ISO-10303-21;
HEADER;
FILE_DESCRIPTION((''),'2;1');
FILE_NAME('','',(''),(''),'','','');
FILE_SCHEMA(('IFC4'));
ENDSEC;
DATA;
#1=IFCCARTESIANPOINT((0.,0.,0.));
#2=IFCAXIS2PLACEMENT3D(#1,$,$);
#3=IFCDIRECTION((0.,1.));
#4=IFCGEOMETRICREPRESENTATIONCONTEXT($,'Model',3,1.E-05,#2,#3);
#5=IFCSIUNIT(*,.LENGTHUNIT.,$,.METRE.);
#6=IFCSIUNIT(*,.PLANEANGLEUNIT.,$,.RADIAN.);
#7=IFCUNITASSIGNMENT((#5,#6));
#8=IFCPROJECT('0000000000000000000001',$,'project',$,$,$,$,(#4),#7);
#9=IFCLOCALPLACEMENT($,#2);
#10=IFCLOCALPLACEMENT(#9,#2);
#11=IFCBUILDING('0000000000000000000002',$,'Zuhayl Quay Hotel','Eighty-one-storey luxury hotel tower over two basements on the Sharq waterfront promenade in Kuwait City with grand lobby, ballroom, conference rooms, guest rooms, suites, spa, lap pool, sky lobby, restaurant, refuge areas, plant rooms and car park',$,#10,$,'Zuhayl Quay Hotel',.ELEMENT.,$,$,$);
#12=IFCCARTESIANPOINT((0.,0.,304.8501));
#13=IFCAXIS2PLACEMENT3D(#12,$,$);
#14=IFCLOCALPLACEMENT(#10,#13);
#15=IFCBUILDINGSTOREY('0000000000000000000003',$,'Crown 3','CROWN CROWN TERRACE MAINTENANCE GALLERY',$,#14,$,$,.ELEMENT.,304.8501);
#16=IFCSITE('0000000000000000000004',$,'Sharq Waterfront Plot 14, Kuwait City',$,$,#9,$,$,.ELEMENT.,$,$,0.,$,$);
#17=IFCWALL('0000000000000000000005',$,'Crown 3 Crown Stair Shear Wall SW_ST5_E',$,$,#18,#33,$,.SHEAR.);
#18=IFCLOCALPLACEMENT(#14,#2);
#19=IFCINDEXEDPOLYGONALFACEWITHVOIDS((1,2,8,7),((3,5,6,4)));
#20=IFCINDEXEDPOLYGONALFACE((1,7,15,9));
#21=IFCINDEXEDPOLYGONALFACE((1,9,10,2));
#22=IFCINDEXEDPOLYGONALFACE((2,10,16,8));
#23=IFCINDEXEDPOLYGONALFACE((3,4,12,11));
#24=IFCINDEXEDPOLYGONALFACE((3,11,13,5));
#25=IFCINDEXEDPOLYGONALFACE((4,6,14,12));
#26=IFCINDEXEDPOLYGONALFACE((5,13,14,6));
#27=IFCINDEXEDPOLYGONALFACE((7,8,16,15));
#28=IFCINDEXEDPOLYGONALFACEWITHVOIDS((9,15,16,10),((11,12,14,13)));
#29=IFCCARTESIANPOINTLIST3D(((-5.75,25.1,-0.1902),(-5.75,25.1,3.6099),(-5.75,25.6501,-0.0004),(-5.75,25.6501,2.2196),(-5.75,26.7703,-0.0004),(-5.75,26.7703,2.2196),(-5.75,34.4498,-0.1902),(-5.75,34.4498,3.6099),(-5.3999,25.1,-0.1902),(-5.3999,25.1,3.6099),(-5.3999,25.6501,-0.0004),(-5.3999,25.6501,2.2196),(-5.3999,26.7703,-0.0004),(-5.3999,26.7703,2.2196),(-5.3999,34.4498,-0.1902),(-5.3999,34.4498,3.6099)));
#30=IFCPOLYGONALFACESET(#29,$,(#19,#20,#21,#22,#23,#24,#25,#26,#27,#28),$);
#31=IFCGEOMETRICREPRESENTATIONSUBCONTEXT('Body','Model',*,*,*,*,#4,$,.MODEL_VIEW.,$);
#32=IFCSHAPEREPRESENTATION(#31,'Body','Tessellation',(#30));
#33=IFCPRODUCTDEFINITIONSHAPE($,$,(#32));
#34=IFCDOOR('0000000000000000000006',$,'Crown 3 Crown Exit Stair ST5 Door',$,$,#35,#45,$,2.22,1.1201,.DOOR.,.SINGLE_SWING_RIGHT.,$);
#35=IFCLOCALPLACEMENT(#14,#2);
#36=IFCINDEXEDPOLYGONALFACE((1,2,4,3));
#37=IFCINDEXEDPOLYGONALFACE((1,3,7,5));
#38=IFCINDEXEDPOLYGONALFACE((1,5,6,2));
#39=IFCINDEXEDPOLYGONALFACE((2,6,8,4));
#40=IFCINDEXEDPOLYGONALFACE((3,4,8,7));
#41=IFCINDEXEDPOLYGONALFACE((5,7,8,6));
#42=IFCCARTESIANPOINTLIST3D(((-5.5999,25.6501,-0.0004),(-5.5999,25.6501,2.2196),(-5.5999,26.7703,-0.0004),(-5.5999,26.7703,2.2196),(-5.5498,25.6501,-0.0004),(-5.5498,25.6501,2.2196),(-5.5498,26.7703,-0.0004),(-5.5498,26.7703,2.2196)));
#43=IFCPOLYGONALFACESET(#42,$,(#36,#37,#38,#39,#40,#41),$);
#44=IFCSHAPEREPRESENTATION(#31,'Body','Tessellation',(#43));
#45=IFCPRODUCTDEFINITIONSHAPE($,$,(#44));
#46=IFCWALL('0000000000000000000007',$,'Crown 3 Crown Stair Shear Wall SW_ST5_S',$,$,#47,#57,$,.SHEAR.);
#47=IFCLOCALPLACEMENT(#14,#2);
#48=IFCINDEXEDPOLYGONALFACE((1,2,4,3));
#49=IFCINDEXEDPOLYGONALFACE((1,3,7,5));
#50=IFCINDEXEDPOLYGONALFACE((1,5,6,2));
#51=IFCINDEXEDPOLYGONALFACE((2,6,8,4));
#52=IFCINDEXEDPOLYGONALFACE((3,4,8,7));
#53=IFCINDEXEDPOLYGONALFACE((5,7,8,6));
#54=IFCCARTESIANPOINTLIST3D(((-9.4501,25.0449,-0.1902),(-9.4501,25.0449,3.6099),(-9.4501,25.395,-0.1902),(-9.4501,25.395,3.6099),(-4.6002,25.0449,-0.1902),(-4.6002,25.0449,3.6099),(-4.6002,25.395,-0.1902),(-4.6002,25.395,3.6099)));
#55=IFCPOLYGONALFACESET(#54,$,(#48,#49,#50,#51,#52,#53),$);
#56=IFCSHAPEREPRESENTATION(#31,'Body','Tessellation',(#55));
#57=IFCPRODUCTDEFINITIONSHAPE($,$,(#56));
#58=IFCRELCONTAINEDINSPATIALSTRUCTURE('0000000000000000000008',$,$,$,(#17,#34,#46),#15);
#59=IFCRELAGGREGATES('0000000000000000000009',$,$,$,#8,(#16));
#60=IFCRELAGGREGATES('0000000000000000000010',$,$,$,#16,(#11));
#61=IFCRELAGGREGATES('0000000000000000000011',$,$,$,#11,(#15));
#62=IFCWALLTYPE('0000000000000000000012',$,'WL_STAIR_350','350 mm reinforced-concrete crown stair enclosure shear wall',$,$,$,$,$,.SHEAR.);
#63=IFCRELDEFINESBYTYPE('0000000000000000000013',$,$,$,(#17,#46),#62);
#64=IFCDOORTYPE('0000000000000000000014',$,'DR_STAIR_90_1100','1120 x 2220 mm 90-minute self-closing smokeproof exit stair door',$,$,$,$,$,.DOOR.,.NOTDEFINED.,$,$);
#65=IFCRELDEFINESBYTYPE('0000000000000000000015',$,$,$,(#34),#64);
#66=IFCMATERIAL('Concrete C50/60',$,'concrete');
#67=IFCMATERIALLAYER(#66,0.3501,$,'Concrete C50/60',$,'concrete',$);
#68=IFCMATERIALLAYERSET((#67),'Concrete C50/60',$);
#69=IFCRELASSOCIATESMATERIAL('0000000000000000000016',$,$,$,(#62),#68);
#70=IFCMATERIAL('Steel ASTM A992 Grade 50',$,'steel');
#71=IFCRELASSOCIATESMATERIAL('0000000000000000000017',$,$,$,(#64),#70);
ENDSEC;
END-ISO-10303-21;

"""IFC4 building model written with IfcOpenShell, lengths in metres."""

from ifc_helpers import new_model, si_unit, direction, frame, frame_2d, origin, place, context, subcontext, project, spatial, rectangle, extrude, material, layer, layer_set, type_object, element, fill, save


model = new_model("IFC4")

# Units and contexts
model_context = context("Model", 3, precision=1e-05, world=origin(), true_north=direction((0.0, 1.0)))
body_context = subcontext(model_context, "Body", "Model", "MODEL_VIEW")
ifc_project = project(units=[si_unit("LENGTHUNIT", "METRE"), si_unit("PLANEANGLEUNIT", "RADIAN")], contexts=[model_context])

# Site, building, storey
site_placement = place(None, origin())
site = spatial("IfcSite", under=ifc_project, at=site_placement, Name="Sharq Waterfront Plot 14, Kuwait City", CompositionType="ELEMENT", RefElevation=0.0)
building_placement = place(site_placement, origin())
building = spatial("IfcBuilding", under=site, at=building_placement, Name="Zuhayl Quay Hotel", Description="Eighty-one-storey luxury hotel tower over two basements on the Sharq waterfront promenade in Kuwait City with grand lobby, ballroom, conference rooms, guest rooms, suites, spa, lap pool, sky lobby, restaurant, refuge areas, plant rooms and car park", LongName="Zuhayl Quay Hotel", CompositionType="ELEMENT")
storey_placement = place(building_placement, frame((0.0, 0.0, 304.8501)))
storey = spatial("IfcBuildingStorey", under=building, at=storey_placement, Name="Crown 3", Description="CROWN CROWN TERRACE MAINTENANCE GALLERY", CompositionType="ELEMENT", Elevation=304.8501)

# Wall, opening, door
ifc_material_1 = material(Name="Concrete C50/60", Category="concrete")
ifc_layer_1 = layer(ifc_material_1, 0.3501, Name="Concrete C50/60", Category="concrete")
ifc_layer_set_1 = layer_set([ifc_layer_1], Name="Concrete C50/60")
wall_type_1 = type_object("IfcWallType", Name="WL_STAIR_350", Description="350 mm reinforced-concrete crown stair enclosure shear wall", PredefinedType="SHEAR", material=ifc_layer_set_1)
wall_1_placement = place(storey_placement, frame((-5.575, 25.1001, -0.1902), z_axis=(0.0, 0.0, 1.0), x_axis=(0.0, 1.0, 0.0)))
wall_1 = element("IfcWall", 1, at=wall_1_placement, inside=storey, type_object=wall_type_1, Name="Crown 3 Crown Stair Shear Wall SW_ST5_E", PredefinedType="SHEAR", context=body_context, shape_type="SweptSolid", body=[
    extrude(rectangle(XDim=9.3499, YDim=0.3501, at=frame_2d((4.6748, 0.0))), origin(), (0.0, 0.0, 1.0), 3.8),
])
opening_placement = place(wall_1_placement, frame((0.55, 0.0, 0.1899)))
opening = element("IfcOpeningElement", 2, at=opening_placement, cuts=wall_1, PredefinedType="OPENING", context=body_context, shape_type="SweptSolid", body=[
    extrude(rectangle(XDim=1.1201, YDim=2.22, at=frame_2d((0.5601, 1.1099))), frame((0.0, 0.1851, 0.0), z_axis=(0.0, -1.0, 0.0), x_axis=(1.0, 0.0, 0.0)), (0.0, 0.0, 1.0), 0.3701),
])
ifc_material_2 = material(Name="Steel ASTM A992 Grade 50", Category="steel")
door_type = type_object("IfcDoorType", Name="DR_STAIR_90_1100", Description="1120 x 2220 mm 90-minute self-closing smokeproof exit stair door", OperationType="NOTDEFINED", PredefinedType="DOOR", material=ifc_material_2)
door_placement = place(opening_placement, origin())
door = element("IfcDoor", 3, at=door_placement, inside=storey, type_object=door_type, Name="Crown 3 Crown Exit Stair ST5 Door", OperationType="SINGLE_SWING_RIGHT", OverallHeight=2.22, OverallWidth=1.1201, PredefinedType="DOOR", context=body_context, shape_type="SweptSolid", body=[
    extrude(rectangle(XDim=1.1201, YDim=2.22, at=frame_2d((0.5601, 1.1099))), frame((0.0, 0.0249, 0.0), z_axis=(0.0, -1.0, 0.0), x_axis=(1.0, 0.0, 0.0)), (0.0, 0.0, 1.0), 0.05),
])
fill(opening, door)

# Wall
wall_2_placement = place(storey_placement, frame((-9.45, 25.22, -0.1902), z_axis=(0.0, 0.0, 1.0), x_axis=(1.0, 0.0, 0.0)))
element("IfcWall", 4, at=wall_2_placement, inside=storey, type_object=wall_type_1, Name="Crown 3 Crown Stair Shear Wall SW_ST5_S", PredefinedType="SHEAR", context=body_context, shape_type="SweptSolid", body=[
    extrude(rectangle(XDim=4.8499, YDim=0.3501, at=frame_2d((2.4248, 0.0))), origin(), (0.0, 0.0, 1.0), 3.8),
])

save(model, "model.ifc")
